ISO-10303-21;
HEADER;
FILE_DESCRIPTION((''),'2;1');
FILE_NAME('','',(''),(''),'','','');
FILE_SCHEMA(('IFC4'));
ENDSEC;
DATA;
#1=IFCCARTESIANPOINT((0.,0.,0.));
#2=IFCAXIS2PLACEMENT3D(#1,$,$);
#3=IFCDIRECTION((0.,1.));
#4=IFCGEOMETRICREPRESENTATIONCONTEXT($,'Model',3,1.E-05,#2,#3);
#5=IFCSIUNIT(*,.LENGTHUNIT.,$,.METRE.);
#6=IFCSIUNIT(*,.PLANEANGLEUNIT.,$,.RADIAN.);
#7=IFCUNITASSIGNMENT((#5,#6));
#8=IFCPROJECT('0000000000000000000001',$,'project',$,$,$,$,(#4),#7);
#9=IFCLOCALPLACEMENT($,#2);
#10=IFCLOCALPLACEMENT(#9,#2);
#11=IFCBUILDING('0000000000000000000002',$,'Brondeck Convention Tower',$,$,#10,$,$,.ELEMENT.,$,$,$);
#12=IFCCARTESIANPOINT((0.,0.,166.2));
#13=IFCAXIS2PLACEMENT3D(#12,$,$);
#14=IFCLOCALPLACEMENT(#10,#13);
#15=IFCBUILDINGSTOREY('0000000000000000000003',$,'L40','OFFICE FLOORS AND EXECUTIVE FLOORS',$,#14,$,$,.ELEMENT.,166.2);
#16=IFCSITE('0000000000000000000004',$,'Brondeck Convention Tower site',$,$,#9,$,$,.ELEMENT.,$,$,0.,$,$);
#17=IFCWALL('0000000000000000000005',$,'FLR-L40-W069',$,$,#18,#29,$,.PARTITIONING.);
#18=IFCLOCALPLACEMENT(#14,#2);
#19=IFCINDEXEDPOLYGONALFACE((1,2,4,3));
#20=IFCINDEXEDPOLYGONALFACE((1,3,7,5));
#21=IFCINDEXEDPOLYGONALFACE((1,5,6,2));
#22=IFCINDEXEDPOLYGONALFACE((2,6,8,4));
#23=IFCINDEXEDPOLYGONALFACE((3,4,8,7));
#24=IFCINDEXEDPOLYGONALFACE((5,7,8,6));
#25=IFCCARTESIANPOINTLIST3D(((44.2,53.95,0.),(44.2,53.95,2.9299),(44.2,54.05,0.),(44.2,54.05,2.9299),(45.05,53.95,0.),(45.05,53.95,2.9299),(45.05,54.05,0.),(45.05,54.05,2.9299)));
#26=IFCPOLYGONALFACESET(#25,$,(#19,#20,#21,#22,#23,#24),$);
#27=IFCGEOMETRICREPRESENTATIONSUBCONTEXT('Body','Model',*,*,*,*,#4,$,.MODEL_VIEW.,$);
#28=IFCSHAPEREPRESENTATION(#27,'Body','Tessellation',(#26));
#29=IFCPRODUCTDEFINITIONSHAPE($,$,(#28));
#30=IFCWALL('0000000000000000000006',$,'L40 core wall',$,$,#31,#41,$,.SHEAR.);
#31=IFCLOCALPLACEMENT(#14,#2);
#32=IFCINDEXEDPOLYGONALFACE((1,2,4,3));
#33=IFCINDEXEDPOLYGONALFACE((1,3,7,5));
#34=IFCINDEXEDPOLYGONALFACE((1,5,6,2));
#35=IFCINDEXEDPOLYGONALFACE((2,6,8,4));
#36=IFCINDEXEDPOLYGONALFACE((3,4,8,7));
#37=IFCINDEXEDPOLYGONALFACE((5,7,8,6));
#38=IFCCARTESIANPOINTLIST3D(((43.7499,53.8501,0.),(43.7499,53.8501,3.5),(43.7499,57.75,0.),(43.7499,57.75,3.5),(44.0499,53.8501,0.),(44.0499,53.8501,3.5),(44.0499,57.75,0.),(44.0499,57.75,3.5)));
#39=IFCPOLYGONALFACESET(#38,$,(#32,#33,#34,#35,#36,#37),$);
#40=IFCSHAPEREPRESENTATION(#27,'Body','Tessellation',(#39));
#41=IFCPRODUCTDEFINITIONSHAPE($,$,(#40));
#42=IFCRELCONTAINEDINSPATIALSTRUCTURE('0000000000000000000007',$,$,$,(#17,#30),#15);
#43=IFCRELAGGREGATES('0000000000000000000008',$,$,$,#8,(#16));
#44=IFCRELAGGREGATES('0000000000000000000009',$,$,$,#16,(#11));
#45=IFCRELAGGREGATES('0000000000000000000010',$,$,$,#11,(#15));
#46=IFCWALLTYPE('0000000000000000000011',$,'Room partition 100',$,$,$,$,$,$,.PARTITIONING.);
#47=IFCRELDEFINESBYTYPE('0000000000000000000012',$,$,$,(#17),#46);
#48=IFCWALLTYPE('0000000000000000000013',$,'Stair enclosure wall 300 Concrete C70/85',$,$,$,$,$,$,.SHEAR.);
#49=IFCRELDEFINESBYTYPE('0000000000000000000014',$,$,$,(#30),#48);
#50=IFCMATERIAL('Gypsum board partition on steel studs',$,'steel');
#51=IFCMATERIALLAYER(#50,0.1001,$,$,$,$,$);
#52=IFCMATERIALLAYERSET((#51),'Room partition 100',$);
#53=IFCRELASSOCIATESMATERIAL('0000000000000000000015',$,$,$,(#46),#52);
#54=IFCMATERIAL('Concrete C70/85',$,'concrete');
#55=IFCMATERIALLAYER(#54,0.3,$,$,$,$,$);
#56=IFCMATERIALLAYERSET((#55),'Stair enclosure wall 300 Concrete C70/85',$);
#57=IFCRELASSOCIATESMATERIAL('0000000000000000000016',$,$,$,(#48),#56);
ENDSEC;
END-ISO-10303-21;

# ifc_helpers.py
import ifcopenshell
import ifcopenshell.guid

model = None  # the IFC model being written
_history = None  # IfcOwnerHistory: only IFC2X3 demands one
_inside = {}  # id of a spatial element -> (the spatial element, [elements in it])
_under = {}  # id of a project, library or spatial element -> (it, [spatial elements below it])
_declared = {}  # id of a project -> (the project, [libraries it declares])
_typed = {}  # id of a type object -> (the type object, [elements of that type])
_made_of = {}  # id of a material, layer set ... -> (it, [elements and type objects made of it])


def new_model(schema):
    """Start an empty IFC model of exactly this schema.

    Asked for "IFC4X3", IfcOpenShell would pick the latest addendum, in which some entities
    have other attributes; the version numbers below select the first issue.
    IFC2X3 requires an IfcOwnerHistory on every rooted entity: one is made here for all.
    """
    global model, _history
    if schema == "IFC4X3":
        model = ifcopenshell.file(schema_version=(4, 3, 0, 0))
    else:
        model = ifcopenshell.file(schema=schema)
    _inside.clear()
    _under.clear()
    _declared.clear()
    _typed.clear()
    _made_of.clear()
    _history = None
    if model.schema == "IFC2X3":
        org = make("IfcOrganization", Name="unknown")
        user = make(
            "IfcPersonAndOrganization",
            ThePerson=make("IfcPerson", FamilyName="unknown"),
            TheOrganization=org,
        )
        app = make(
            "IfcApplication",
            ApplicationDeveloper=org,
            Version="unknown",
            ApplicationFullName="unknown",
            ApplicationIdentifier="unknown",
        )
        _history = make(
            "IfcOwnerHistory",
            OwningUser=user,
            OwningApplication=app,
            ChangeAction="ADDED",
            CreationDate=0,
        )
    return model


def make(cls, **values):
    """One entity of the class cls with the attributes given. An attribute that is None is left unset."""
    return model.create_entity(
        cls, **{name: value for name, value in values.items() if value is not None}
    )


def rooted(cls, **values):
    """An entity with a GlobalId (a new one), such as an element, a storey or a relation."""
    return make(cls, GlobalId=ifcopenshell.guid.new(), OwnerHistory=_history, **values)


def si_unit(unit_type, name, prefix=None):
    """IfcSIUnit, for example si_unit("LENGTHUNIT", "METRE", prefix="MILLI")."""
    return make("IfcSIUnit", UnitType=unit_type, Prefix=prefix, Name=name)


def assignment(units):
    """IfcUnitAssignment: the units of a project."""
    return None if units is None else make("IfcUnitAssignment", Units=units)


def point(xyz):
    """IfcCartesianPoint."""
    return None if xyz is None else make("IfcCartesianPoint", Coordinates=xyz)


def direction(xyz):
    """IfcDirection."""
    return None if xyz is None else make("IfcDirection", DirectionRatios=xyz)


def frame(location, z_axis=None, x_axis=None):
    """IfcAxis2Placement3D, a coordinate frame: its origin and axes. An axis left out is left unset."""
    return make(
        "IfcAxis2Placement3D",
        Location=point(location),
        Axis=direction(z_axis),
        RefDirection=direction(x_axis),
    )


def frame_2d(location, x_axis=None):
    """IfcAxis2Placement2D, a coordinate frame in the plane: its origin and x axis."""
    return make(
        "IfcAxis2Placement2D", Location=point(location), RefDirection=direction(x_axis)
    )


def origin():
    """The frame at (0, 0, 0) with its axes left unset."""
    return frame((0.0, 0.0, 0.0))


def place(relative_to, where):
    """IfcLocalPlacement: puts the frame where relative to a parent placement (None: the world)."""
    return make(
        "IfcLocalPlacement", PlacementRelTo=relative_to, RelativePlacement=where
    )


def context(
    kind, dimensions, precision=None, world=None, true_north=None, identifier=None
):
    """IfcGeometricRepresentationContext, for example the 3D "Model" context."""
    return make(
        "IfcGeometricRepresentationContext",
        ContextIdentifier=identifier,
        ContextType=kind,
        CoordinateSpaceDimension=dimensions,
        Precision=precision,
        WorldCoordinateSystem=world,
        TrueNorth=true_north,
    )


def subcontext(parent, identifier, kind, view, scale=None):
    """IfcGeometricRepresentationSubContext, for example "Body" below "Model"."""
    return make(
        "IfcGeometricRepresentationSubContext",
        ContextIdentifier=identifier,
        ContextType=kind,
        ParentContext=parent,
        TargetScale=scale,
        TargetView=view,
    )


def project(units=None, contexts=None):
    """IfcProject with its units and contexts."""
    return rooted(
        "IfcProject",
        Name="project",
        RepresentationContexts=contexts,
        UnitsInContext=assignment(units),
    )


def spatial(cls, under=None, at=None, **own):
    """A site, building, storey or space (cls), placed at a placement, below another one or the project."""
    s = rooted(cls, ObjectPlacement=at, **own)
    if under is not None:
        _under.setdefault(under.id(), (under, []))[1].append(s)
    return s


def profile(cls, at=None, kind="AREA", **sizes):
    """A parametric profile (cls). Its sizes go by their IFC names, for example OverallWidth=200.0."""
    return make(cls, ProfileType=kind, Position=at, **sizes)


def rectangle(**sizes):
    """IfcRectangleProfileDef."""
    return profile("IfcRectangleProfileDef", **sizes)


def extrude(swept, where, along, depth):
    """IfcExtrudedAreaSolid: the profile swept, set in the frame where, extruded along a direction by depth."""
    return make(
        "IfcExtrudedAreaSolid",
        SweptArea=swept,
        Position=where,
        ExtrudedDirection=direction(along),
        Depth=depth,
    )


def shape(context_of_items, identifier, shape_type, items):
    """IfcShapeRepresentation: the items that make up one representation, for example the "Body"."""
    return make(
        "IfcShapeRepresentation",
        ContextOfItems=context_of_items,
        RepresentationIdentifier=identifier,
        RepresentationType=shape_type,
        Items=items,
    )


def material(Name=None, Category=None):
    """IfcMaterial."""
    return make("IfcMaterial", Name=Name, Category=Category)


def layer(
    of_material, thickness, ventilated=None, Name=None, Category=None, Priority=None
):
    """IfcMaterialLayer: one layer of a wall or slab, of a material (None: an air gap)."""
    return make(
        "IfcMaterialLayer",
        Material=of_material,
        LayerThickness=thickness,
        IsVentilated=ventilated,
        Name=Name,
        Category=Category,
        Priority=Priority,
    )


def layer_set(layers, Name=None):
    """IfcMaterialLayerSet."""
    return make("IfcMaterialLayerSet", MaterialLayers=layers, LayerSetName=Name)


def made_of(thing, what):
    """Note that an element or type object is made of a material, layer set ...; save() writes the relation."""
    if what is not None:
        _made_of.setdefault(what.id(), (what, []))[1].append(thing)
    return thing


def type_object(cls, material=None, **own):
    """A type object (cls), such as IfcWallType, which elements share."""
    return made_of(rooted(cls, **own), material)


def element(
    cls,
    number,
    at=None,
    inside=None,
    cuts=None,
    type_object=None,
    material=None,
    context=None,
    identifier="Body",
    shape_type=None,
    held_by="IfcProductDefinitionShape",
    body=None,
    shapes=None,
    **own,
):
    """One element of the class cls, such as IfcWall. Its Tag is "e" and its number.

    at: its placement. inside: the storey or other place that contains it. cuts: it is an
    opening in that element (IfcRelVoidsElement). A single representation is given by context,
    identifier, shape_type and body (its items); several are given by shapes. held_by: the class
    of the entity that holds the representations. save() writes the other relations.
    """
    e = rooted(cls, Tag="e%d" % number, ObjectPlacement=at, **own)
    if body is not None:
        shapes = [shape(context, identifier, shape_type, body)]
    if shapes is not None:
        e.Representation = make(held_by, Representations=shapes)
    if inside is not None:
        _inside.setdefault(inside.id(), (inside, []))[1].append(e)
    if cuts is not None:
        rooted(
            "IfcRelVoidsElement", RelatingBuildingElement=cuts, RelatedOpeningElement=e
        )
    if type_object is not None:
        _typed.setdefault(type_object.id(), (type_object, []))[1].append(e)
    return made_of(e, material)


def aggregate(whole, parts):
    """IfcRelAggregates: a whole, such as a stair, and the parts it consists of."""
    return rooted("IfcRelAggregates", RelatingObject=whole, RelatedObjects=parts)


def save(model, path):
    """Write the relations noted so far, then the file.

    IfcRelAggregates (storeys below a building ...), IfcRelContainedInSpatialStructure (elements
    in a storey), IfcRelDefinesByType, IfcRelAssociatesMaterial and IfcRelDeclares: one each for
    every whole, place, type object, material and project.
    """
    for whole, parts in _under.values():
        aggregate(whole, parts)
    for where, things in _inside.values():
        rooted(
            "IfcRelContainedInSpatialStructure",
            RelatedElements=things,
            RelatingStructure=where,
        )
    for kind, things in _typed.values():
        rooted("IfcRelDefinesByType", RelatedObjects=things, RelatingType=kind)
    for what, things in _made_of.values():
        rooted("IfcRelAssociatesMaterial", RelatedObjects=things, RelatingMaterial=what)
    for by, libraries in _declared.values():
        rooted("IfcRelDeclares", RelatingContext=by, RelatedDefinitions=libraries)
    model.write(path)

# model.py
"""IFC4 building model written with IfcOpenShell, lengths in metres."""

from ifc_helpers import new_model, si_unit, direction, frame, frame_2d, origin, place, context, subcontext, project, spatial, rectangle, extrude, material, layer, layer_set, type_object, element, save


model = new_model("IFC4")

# Units and contexts
model_context = context("Model", 3, precision=1e-05, world=origin(), true_north=direction((0.0, 1.0)))
body_context = subcontext(model_context, "Body", "Model", "MODEL_VIEW")
ifc_project = project(units=[si_unit("LENGTHUNIT", "METRE"), si_unit("PLANEANGLEUNIT", "RADIAN")], contexts=[model_context])

# Site, building, storey
site_placement = place(None, origin())
site = spatial("IfcSite", under=ifc_project, at=site_placement, Name="Brondeck Convention Tower site", CompositionType="ELEMENT", RefElevation=0.0)
building_placement = place(site_placement, origin())
building = spatial("IfcBuilding", under=site, at=building_placement, Name="Brondeck Convention Tower", CompositionType="ELEMENT")
storey_placement = place(building_placement, frame((0.0, 0.0, 166.2)))
storey = spatial("IfcBuildingStorey", under=building, at=storey_placement, Name="L40", Description="OFFICE FLOORS AND EXECUTIVE FLOORS", CompositionType="ELEMENT", Elevation=166.2)

# Shared definitions
ifc_material_1 = material(Name="Concrete C70/85", Category="concrete")

# Walls
ifc_material_2 = material(Name="Gypsum board partition on steel studs", Category="steel")
ifc_layer_1 = layer(ifc_material_2, 0.1001)
ifc_layer_set_1 = layer_set([ifc_layer_1], Name="Room partition 100")
wall_type_1 = type_object("IfcWallType", Name="Room partition 100", PredefinedType="PARTITIONING", material=ifc_layer_set_1)
wall_1_placement = place(storey_placement, frame((44.2, 54.0, 0.0), z_axis=(0.0, 0.0, 1.0), x_axis=(1.0, 0.0, 0.0)))
element("IfcWall", 1, at=wall_1_placement, inside=storey, type_object=wall_type_1, Name="FLR-L40-W069", PredefinedType="PARTITIONING", context=body_context, shape_type="SweptSolid", body=[
    extrude(rectangle(XDim=0.8501, YDim=0.1001, at=frame_2d((0.425, 0.0))), origin(), (0.0, 0.0, 1.0), 2.9299),
])
ifc_layer_2 = layer(ifc_material_1, 0.3)
ifc_layer_set_2 = layer_set([ifc_layer_2], Name="Stair enclosure wall 300 Concrete C70/85")
wall_type_2 = type_object("IfcWallType", Name="Stair enclosure wall 300 Concrete C70/85", PredefinedType="SHEAR", material=ifc_layer_set_2)
wall_2_placement = place(storey_placement, frame((43.8999, 53.8501, 0.0), z_axis=(0.0, 0.0, 1.0), x_axis=(0.0, 1.0, 0.0)))
element("IfcWall", 2, at=wall_2_placement, inside=storey, type_object=wall_type_2, Name="L40 core wall", PredefinedType="SHEAR", context=body_context, shape_type="SweptSolid", body=[
    extrude(rectangle(XDim=3.8999, YDim=0.3, at=frame_2d((1.95, 0.0))), origin(), (0.0, 0.0, 1.0), 3.5),
])

save(model, "model.ifc")
